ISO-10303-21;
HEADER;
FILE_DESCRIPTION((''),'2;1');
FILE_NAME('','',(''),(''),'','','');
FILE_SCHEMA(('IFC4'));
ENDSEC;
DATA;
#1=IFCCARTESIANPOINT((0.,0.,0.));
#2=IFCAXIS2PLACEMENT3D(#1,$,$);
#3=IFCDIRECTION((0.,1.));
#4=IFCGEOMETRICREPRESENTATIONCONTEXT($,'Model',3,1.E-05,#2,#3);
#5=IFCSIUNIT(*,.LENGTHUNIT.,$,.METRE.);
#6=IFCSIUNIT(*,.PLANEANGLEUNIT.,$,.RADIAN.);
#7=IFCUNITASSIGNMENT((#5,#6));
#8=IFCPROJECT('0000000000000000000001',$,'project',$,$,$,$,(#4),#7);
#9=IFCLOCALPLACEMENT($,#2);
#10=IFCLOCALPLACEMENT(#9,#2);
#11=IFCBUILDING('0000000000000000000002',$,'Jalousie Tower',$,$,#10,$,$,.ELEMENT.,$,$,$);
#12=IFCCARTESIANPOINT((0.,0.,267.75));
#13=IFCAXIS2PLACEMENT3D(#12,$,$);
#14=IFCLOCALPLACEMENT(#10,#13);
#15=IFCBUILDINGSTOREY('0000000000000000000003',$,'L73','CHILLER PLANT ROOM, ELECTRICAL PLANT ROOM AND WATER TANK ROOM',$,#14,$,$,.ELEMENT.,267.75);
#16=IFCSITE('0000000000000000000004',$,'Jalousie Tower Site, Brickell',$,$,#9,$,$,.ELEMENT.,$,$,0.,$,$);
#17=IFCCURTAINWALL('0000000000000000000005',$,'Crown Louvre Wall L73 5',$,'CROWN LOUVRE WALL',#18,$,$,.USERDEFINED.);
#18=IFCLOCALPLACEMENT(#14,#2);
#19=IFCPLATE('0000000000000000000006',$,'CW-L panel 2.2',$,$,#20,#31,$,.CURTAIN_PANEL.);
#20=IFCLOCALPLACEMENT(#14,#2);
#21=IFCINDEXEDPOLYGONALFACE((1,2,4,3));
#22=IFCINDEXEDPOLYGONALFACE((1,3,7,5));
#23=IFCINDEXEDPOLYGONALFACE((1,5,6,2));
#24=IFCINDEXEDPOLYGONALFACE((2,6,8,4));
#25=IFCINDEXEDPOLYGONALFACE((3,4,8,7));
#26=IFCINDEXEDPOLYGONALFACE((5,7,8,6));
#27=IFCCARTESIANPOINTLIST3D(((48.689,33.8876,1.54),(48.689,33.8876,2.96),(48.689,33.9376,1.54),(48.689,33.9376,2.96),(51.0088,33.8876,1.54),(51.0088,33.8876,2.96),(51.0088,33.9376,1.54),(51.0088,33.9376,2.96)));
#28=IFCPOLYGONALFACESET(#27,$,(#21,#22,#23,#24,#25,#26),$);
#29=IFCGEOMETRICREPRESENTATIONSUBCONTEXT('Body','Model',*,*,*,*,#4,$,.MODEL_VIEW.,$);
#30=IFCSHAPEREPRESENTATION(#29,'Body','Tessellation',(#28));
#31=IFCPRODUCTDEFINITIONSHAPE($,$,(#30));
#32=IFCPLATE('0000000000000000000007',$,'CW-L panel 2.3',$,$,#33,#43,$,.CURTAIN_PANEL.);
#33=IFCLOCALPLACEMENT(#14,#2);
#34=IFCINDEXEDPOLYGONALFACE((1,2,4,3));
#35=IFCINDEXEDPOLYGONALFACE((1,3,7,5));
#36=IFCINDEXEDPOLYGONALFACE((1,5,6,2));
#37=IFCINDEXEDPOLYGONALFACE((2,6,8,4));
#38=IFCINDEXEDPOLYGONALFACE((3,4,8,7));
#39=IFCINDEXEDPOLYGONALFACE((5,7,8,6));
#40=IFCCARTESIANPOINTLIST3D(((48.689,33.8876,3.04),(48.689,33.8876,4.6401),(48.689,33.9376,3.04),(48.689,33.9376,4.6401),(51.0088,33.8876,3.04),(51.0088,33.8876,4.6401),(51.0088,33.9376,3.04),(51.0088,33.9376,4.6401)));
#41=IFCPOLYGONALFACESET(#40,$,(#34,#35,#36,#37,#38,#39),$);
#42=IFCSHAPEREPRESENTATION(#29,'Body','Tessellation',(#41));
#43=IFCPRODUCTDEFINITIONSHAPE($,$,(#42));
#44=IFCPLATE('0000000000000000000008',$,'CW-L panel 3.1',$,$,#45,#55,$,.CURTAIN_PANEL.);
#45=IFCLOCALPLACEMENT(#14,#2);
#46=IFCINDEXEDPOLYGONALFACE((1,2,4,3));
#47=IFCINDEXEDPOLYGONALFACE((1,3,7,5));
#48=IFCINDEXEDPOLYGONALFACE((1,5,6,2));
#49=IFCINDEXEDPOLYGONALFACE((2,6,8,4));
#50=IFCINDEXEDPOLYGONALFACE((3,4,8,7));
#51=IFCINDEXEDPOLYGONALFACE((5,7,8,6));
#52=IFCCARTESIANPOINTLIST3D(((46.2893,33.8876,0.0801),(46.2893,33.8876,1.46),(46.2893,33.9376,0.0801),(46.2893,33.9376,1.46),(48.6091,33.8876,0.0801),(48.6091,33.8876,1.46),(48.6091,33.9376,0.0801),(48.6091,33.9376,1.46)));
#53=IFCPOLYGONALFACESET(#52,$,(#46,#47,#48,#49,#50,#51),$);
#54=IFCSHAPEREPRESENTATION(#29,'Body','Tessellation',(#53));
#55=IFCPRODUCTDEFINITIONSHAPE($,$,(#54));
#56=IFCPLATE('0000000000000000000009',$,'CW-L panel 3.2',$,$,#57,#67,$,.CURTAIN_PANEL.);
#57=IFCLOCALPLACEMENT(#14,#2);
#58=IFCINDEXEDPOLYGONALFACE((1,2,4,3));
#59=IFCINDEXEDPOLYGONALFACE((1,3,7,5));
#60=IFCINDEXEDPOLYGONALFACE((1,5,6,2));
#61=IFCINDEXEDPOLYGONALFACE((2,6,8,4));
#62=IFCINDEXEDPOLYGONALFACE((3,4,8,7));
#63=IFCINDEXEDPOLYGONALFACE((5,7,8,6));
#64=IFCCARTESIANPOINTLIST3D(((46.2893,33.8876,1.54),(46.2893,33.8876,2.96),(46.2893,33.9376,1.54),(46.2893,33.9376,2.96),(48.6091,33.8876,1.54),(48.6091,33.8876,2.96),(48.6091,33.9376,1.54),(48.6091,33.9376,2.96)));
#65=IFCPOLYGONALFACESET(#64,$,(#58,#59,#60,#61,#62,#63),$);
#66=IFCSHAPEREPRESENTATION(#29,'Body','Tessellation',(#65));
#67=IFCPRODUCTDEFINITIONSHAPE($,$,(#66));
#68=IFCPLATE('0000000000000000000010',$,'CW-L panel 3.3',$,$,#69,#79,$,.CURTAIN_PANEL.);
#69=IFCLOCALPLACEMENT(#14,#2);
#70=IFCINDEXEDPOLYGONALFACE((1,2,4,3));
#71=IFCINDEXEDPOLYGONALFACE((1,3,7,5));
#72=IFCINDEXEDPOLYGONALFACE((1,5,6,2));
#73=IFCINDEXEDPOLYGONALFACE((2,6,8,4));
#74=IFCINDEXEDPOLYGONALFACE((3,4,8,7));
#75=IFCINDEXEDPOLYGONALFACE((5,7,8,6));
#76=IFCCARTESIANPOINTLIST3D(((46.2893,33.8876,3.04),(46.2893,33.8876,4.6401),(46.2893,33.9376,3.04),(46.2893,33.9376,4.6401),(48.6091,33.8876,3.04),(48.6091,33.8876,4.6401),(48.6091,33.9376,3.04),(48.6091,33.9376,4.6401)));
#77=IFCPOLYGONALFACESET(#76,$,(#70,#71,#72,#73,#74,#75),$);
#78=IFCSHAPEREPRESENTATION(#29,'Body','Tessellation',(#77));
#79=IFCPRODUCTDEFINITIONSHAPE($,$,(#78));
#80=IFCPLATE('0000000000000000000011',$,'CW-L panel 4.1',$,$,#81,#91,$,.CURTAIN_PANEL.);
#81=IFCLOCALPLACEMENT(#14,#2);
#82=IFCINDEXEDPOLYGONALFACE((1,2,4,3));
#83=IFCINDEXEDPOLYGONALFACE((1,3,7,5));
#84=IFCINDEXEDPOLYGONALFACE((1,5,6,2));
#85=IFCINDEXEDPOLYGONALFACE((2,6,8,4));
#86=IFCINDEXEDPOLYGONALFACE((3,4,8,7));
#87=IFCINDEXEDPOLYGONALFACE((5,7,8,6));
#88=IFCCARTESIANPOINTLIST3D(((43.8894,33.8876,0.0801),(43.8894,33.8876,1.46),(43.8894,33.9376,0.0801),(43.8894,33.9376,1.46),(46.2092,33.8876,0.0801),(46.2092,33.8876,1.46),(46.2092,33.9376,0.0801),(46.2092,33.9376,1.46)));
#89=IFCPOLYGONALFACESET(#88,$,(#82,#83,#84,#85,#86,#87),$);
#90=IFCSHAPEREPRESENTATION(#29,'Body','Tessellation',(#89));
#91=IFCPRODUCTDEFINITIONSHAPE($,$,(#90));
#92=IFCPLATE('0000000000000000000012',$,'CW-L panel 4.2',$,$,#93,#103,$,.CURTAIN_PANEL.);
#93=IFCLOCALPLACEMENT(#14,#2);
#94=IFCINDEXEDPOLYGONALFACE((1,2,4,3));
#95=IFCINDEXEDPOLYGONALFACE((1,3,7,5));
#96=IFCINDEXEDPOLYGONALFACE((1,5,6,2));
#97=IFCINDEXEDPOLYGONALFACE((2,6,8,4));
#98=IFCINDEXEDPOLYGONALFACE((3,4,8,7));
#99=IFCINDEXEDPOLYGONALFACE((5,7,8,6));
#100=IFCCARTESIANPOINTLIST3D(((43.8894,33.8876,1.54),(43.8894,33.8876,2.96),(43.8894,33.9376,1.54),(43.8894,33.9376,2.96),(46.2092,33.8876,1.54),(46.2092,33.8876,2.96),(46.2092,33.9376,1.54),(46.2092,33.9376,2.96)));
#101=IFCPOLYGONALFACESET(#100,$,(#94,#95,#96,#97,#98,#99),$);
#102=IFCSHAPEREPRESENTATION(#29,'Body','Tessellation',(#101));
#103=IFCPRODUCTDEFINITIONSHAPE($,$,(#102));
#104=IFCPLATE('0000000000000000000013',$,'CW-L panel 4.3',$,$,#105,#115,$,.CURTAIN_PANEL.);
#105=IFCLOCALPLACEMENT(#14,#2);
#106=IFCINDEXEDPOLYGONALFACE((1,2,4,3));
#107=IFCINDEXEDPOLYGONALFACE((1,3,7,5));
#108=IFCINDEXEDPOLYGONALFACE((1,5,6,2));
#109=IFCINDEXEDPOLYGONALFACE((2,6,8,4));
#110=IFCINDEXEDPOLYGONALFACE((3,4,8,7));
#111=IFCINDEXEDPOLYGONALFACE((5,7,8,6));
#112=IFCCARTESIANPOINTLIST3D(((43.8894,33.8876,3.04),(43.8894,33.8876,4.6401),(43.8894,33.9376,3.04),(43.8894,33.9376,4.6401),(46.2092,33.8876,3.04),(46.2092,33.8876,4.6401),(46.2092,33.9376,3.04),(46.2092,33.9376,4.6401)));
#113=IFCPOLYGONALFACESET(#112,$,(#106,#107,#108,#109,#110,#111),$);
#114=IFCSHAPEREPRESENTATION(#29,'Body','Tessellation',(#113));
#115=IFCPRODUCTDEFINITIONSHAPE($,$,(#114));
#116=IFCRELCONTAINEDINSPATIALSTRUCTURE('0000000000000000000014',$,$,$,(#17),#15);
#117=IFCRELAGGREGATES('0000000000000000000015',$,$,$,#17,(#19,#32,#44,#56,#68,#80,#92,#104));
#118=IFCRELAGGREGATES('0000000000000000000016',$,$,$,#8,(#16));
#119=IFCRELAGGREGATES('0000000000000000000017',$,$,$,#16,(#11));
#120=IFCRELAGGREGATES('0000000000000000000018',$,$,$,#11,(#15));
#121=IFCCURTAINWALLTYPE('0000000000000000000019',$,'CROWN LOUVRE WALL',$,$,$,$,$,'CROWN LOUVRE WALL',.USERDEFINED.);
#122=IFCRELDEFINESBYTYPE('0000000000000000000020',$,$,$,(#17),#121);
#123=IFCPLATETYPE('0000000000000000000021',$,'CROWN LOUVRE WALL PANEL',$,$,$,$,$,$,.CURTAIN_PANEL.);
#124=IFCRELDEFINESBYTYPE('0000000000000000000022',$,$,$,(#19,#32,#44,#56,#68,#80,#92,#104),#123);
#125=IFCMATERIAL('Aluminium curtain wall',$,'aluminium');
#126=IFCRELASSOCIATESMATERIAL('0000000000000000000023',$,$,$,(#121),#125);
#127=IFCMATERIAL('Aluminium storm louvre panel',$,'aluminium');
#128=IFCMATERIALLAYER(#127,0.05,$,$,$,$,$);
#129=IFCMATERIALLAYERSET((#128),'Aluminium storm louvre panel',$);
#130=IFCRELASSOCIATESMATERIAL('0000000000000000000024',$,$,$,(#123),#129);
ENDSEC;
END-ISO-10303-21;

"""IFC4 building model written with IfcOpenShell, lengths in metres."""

from ifc_helpers import new_model, si_unit, direction, frame, origin, origin_2d, place, context, subcontext, project, spatial, rectangle, extrude, material, layer, layer_set, type_object, element, aggregate, save


model = new_model("IFC4")

# Units and contexts
model_context = context("Model", 3, precision=1e-05, world=origin(), true_north=direction((0.0, 1.0)))
body_context = subcontext(model_context, "Body", "Model", "MODEL_VIEW")
ifc_project = project(units=[si_unit("LENGTHUNIT", "METRE"), si_unit("PLANEANGLEUNIT", "RADIAN")], contexts=[model_context])

# Site, building, storey
site_placement = place(None, origin())
site = spatial("IfcSite", under=ifc_project, at=site_placement, Name="Jalousie Tower Site, Brickell", CompositionType="ELEMENT", RefElevation=0.0)
building_placement = place(site_placement, origin())
building = spatial("IfcBuilding", under=site, at=building_placement, Name="Jalousie Tower", CompositionType="ELEMENT")
storey_placement = place(building_placement, frame((0.0, 0.0, 267.75)))
storey = spatial("IfcBuildingStorey", under=building, at=storey_placement, Name="L73", Description="CHILLER PLANT ROOM, ELECTRICAL PLANT ROOM AND WATER TANK ROOM", CompositionType="ELEMENT", Elevation=267.75)

# Curtain wall, plates
ifc_material_1 = material(Name="Aluminium curtain wall", Category="aluminium")
curtain_wall_type = type_object("IfcCurtainWallType", Name="CROWN LOUVRE WALL", ElementType="CROWN LOUVRE WALL", PredefinedType="USERDEFINED", material=ifc_material_1)
curtain_wall_placement = place(storey_placement, origin())
curtain_wall = element("IfcCurtainWall", 1, at=curtain_wall_placement, inside=storey, type_object=curtain_wall_type, Name="Crown Louvre Wall L73 5", ObjectType="CROWN LOUVRE WALL", PredefinedType="USERDEFINED")
ifc_material_2 = material(Name="Aluminium storm louvre panel", Category="aluminium")
ifc_layer = layer(ifc_material_2, 0.05)
ifc_layer_set = layer_set([ifc_layer], Name="Aluminium storm louvre panel")
plate_type = type_object("IfcPlateType", Name="CROWN LOUVRE WALL PANEL", PredefinedType="CURTAIN_PANEL", material=ifc_layer_set)
plate_1_placement = place(storey_placement, frame((49.8489, 33.9126, 1.54), z_axis=(0.0, 0.0, 1.0), x_axis=(-1.0, 0.0, 0.0)))
plate_1 = element("IfcPlate", 2, at=plate_1_placement, type_object=plate_type, Name="CW-L panel 2.2", PredefinedType="CURTAIN_PANEL", context=body_context, shape_type="SweptSolid", body=[
    extrude(rectangle(XDim=2.3198, YDim=0.05, at=origin_2d()), origin(), (0.0, 0.0, 1.0), 1.4199),
])
plate_2_placement = place(storey_placement, frame((49.8489, 33.9126, 3.04), z_axis=(0.0, 0.0, 1.0), x_axis=(-1.0, 0.0, 0.0)))
plate_2 = element("IfcPlate", 3, at=plate_2_placement, type_object=plate_type, Name="CW-L panel 2.3", PredefinedType="CURTAIN_PANEL", context=body_context, shape_type="SweptSolid", body=[
    extrude(rectangle(XDim=2.3198, YDim=0.05, at=origin_2d()), origin(), (0.0, 0.0, 1.0), 1.6001),
])
plate_3_placement = place(storey_placement, frame((47.4492, 33.9126, 0.0801), z_axis=(0.0, 0.0, 1.0), x_axis=(-1.0, 0.0, 0.0)))
plate_3 = element("IfcPlate", 4, at=plate_3_placement, type_object=plate_type, Name="CW-L panel 3.1", PredefinedType="CURTAIN_PANEL", context=body_context, shape_type="SweptSolid", body=[
    extrude(rectangle(XDim=2.3198, YDim=0.05, at=origin_2d()), origin(), (0.0, 0.0, 1.0), 1.3799),
])
plate_4_placement = place(storey_placement, frame((47.4492, 33.9126, 1.54), z_axis=(0.0, 0.0, 1.0), x_axis=(-1.0, 0.0, 0.0)))
plate_4 = element("IfcPlate", 5, at=plate_4_placement, type_object=plate_type, Name="CW-L panel 3.2", PredefinedType="CURTAIN_PANEL", context=body_context, shape_type="SweptSolid", body=[
    extrude(rectangle(XDim=2.3198, YDim=0.05, at=origin_2d()), origin(), (0.0, 0.0, 1.0), 1.4199),
])
plate_5_placement = place(storey_placement, frame((47.4492, 33.9126, 3.04), z_axis=(0.0, 0.0, 1.0), x_axis=(-1.0, 0.0, 0.0)))
plate_5 = element("IfcPlate", 6, at=plate_5_placement, type_object=plate_type, Name="CW-L panel 3.3", PredefinedType="CURTAIN_PANEL", context=body_context, shape_type="SweptSolid", body=[
    extrude(rectangle(XDim=2.3198, YDim=0.05, at=origin_2d()), origin(), (0.0, 0.0, 1.0), 1.6001),
])
plate_6_placement = place(storey_placement, frame((45.0493, 33.9126, 0.0801), z_axis=(0.0, 0.0, 1.0), x_axis=(-1.0, 0.0, 0.0)))
plate_6 = element("IfcPlate", 7, at=plate_6_placement, type_object=plate_type, Name="CW-L panel 4.1", PredefinedType="CURTAIN_PANEL", context=body_context, shape_type="SweptSolid", body=[
    extrude(rectangle(XDim=2.3198, YDim=0.05, at=origin_2d()), origin(), (0.0, 0.0, 1.0), 1.3799),
])
plate_7_placement = place(storey_placement, frame((45.0493, 33.9126, 1.54), z_axis=(0.0, 0.0, 1.0), x_axis=(-1.0, 0.0, 0.0)))
plate_7 = element("IfcPlate", 8, at=plate_7_placement, type_object=plate_type, Name="CW-L panel 4.2", PredefinedType="CURTAIN_PANEL", context=body_context, shape_type="SweptSolid", body=[
    extrude(rectangle(XDim=2.3198, YDim=0.05, at=origin_2d()), origin(), (0.0, 0.0, 1.0), 1.4199),
])
plate_8_placement = place(storey_placement, frame((45.0493, 33.9126, 3.04), z_axis=(0.0, 0.0, 1.0), x_axis=(-1.0, 0.0, 0.0)))
plate_8 = element("IfcPlate", 9, at=plate_8_placement, type_object=plate_type, Name="CW-L panel 4.3", PredefinedType="CURTAIN_PANEL", context=body_context, shape_type="SweptSolid", body=[
    extrude(rectangle(XDim=2.3198, YDim=0.05, at=origin_2d()), origin(), (0.0, 0.0, 1.0), 1.6001),
])
aggregate(curtain_wall, [plate_1, plate_2, plate_3, plate_4, plate_5, plate_6, plate_7, plate_8])

save(model, "model.ifc")
